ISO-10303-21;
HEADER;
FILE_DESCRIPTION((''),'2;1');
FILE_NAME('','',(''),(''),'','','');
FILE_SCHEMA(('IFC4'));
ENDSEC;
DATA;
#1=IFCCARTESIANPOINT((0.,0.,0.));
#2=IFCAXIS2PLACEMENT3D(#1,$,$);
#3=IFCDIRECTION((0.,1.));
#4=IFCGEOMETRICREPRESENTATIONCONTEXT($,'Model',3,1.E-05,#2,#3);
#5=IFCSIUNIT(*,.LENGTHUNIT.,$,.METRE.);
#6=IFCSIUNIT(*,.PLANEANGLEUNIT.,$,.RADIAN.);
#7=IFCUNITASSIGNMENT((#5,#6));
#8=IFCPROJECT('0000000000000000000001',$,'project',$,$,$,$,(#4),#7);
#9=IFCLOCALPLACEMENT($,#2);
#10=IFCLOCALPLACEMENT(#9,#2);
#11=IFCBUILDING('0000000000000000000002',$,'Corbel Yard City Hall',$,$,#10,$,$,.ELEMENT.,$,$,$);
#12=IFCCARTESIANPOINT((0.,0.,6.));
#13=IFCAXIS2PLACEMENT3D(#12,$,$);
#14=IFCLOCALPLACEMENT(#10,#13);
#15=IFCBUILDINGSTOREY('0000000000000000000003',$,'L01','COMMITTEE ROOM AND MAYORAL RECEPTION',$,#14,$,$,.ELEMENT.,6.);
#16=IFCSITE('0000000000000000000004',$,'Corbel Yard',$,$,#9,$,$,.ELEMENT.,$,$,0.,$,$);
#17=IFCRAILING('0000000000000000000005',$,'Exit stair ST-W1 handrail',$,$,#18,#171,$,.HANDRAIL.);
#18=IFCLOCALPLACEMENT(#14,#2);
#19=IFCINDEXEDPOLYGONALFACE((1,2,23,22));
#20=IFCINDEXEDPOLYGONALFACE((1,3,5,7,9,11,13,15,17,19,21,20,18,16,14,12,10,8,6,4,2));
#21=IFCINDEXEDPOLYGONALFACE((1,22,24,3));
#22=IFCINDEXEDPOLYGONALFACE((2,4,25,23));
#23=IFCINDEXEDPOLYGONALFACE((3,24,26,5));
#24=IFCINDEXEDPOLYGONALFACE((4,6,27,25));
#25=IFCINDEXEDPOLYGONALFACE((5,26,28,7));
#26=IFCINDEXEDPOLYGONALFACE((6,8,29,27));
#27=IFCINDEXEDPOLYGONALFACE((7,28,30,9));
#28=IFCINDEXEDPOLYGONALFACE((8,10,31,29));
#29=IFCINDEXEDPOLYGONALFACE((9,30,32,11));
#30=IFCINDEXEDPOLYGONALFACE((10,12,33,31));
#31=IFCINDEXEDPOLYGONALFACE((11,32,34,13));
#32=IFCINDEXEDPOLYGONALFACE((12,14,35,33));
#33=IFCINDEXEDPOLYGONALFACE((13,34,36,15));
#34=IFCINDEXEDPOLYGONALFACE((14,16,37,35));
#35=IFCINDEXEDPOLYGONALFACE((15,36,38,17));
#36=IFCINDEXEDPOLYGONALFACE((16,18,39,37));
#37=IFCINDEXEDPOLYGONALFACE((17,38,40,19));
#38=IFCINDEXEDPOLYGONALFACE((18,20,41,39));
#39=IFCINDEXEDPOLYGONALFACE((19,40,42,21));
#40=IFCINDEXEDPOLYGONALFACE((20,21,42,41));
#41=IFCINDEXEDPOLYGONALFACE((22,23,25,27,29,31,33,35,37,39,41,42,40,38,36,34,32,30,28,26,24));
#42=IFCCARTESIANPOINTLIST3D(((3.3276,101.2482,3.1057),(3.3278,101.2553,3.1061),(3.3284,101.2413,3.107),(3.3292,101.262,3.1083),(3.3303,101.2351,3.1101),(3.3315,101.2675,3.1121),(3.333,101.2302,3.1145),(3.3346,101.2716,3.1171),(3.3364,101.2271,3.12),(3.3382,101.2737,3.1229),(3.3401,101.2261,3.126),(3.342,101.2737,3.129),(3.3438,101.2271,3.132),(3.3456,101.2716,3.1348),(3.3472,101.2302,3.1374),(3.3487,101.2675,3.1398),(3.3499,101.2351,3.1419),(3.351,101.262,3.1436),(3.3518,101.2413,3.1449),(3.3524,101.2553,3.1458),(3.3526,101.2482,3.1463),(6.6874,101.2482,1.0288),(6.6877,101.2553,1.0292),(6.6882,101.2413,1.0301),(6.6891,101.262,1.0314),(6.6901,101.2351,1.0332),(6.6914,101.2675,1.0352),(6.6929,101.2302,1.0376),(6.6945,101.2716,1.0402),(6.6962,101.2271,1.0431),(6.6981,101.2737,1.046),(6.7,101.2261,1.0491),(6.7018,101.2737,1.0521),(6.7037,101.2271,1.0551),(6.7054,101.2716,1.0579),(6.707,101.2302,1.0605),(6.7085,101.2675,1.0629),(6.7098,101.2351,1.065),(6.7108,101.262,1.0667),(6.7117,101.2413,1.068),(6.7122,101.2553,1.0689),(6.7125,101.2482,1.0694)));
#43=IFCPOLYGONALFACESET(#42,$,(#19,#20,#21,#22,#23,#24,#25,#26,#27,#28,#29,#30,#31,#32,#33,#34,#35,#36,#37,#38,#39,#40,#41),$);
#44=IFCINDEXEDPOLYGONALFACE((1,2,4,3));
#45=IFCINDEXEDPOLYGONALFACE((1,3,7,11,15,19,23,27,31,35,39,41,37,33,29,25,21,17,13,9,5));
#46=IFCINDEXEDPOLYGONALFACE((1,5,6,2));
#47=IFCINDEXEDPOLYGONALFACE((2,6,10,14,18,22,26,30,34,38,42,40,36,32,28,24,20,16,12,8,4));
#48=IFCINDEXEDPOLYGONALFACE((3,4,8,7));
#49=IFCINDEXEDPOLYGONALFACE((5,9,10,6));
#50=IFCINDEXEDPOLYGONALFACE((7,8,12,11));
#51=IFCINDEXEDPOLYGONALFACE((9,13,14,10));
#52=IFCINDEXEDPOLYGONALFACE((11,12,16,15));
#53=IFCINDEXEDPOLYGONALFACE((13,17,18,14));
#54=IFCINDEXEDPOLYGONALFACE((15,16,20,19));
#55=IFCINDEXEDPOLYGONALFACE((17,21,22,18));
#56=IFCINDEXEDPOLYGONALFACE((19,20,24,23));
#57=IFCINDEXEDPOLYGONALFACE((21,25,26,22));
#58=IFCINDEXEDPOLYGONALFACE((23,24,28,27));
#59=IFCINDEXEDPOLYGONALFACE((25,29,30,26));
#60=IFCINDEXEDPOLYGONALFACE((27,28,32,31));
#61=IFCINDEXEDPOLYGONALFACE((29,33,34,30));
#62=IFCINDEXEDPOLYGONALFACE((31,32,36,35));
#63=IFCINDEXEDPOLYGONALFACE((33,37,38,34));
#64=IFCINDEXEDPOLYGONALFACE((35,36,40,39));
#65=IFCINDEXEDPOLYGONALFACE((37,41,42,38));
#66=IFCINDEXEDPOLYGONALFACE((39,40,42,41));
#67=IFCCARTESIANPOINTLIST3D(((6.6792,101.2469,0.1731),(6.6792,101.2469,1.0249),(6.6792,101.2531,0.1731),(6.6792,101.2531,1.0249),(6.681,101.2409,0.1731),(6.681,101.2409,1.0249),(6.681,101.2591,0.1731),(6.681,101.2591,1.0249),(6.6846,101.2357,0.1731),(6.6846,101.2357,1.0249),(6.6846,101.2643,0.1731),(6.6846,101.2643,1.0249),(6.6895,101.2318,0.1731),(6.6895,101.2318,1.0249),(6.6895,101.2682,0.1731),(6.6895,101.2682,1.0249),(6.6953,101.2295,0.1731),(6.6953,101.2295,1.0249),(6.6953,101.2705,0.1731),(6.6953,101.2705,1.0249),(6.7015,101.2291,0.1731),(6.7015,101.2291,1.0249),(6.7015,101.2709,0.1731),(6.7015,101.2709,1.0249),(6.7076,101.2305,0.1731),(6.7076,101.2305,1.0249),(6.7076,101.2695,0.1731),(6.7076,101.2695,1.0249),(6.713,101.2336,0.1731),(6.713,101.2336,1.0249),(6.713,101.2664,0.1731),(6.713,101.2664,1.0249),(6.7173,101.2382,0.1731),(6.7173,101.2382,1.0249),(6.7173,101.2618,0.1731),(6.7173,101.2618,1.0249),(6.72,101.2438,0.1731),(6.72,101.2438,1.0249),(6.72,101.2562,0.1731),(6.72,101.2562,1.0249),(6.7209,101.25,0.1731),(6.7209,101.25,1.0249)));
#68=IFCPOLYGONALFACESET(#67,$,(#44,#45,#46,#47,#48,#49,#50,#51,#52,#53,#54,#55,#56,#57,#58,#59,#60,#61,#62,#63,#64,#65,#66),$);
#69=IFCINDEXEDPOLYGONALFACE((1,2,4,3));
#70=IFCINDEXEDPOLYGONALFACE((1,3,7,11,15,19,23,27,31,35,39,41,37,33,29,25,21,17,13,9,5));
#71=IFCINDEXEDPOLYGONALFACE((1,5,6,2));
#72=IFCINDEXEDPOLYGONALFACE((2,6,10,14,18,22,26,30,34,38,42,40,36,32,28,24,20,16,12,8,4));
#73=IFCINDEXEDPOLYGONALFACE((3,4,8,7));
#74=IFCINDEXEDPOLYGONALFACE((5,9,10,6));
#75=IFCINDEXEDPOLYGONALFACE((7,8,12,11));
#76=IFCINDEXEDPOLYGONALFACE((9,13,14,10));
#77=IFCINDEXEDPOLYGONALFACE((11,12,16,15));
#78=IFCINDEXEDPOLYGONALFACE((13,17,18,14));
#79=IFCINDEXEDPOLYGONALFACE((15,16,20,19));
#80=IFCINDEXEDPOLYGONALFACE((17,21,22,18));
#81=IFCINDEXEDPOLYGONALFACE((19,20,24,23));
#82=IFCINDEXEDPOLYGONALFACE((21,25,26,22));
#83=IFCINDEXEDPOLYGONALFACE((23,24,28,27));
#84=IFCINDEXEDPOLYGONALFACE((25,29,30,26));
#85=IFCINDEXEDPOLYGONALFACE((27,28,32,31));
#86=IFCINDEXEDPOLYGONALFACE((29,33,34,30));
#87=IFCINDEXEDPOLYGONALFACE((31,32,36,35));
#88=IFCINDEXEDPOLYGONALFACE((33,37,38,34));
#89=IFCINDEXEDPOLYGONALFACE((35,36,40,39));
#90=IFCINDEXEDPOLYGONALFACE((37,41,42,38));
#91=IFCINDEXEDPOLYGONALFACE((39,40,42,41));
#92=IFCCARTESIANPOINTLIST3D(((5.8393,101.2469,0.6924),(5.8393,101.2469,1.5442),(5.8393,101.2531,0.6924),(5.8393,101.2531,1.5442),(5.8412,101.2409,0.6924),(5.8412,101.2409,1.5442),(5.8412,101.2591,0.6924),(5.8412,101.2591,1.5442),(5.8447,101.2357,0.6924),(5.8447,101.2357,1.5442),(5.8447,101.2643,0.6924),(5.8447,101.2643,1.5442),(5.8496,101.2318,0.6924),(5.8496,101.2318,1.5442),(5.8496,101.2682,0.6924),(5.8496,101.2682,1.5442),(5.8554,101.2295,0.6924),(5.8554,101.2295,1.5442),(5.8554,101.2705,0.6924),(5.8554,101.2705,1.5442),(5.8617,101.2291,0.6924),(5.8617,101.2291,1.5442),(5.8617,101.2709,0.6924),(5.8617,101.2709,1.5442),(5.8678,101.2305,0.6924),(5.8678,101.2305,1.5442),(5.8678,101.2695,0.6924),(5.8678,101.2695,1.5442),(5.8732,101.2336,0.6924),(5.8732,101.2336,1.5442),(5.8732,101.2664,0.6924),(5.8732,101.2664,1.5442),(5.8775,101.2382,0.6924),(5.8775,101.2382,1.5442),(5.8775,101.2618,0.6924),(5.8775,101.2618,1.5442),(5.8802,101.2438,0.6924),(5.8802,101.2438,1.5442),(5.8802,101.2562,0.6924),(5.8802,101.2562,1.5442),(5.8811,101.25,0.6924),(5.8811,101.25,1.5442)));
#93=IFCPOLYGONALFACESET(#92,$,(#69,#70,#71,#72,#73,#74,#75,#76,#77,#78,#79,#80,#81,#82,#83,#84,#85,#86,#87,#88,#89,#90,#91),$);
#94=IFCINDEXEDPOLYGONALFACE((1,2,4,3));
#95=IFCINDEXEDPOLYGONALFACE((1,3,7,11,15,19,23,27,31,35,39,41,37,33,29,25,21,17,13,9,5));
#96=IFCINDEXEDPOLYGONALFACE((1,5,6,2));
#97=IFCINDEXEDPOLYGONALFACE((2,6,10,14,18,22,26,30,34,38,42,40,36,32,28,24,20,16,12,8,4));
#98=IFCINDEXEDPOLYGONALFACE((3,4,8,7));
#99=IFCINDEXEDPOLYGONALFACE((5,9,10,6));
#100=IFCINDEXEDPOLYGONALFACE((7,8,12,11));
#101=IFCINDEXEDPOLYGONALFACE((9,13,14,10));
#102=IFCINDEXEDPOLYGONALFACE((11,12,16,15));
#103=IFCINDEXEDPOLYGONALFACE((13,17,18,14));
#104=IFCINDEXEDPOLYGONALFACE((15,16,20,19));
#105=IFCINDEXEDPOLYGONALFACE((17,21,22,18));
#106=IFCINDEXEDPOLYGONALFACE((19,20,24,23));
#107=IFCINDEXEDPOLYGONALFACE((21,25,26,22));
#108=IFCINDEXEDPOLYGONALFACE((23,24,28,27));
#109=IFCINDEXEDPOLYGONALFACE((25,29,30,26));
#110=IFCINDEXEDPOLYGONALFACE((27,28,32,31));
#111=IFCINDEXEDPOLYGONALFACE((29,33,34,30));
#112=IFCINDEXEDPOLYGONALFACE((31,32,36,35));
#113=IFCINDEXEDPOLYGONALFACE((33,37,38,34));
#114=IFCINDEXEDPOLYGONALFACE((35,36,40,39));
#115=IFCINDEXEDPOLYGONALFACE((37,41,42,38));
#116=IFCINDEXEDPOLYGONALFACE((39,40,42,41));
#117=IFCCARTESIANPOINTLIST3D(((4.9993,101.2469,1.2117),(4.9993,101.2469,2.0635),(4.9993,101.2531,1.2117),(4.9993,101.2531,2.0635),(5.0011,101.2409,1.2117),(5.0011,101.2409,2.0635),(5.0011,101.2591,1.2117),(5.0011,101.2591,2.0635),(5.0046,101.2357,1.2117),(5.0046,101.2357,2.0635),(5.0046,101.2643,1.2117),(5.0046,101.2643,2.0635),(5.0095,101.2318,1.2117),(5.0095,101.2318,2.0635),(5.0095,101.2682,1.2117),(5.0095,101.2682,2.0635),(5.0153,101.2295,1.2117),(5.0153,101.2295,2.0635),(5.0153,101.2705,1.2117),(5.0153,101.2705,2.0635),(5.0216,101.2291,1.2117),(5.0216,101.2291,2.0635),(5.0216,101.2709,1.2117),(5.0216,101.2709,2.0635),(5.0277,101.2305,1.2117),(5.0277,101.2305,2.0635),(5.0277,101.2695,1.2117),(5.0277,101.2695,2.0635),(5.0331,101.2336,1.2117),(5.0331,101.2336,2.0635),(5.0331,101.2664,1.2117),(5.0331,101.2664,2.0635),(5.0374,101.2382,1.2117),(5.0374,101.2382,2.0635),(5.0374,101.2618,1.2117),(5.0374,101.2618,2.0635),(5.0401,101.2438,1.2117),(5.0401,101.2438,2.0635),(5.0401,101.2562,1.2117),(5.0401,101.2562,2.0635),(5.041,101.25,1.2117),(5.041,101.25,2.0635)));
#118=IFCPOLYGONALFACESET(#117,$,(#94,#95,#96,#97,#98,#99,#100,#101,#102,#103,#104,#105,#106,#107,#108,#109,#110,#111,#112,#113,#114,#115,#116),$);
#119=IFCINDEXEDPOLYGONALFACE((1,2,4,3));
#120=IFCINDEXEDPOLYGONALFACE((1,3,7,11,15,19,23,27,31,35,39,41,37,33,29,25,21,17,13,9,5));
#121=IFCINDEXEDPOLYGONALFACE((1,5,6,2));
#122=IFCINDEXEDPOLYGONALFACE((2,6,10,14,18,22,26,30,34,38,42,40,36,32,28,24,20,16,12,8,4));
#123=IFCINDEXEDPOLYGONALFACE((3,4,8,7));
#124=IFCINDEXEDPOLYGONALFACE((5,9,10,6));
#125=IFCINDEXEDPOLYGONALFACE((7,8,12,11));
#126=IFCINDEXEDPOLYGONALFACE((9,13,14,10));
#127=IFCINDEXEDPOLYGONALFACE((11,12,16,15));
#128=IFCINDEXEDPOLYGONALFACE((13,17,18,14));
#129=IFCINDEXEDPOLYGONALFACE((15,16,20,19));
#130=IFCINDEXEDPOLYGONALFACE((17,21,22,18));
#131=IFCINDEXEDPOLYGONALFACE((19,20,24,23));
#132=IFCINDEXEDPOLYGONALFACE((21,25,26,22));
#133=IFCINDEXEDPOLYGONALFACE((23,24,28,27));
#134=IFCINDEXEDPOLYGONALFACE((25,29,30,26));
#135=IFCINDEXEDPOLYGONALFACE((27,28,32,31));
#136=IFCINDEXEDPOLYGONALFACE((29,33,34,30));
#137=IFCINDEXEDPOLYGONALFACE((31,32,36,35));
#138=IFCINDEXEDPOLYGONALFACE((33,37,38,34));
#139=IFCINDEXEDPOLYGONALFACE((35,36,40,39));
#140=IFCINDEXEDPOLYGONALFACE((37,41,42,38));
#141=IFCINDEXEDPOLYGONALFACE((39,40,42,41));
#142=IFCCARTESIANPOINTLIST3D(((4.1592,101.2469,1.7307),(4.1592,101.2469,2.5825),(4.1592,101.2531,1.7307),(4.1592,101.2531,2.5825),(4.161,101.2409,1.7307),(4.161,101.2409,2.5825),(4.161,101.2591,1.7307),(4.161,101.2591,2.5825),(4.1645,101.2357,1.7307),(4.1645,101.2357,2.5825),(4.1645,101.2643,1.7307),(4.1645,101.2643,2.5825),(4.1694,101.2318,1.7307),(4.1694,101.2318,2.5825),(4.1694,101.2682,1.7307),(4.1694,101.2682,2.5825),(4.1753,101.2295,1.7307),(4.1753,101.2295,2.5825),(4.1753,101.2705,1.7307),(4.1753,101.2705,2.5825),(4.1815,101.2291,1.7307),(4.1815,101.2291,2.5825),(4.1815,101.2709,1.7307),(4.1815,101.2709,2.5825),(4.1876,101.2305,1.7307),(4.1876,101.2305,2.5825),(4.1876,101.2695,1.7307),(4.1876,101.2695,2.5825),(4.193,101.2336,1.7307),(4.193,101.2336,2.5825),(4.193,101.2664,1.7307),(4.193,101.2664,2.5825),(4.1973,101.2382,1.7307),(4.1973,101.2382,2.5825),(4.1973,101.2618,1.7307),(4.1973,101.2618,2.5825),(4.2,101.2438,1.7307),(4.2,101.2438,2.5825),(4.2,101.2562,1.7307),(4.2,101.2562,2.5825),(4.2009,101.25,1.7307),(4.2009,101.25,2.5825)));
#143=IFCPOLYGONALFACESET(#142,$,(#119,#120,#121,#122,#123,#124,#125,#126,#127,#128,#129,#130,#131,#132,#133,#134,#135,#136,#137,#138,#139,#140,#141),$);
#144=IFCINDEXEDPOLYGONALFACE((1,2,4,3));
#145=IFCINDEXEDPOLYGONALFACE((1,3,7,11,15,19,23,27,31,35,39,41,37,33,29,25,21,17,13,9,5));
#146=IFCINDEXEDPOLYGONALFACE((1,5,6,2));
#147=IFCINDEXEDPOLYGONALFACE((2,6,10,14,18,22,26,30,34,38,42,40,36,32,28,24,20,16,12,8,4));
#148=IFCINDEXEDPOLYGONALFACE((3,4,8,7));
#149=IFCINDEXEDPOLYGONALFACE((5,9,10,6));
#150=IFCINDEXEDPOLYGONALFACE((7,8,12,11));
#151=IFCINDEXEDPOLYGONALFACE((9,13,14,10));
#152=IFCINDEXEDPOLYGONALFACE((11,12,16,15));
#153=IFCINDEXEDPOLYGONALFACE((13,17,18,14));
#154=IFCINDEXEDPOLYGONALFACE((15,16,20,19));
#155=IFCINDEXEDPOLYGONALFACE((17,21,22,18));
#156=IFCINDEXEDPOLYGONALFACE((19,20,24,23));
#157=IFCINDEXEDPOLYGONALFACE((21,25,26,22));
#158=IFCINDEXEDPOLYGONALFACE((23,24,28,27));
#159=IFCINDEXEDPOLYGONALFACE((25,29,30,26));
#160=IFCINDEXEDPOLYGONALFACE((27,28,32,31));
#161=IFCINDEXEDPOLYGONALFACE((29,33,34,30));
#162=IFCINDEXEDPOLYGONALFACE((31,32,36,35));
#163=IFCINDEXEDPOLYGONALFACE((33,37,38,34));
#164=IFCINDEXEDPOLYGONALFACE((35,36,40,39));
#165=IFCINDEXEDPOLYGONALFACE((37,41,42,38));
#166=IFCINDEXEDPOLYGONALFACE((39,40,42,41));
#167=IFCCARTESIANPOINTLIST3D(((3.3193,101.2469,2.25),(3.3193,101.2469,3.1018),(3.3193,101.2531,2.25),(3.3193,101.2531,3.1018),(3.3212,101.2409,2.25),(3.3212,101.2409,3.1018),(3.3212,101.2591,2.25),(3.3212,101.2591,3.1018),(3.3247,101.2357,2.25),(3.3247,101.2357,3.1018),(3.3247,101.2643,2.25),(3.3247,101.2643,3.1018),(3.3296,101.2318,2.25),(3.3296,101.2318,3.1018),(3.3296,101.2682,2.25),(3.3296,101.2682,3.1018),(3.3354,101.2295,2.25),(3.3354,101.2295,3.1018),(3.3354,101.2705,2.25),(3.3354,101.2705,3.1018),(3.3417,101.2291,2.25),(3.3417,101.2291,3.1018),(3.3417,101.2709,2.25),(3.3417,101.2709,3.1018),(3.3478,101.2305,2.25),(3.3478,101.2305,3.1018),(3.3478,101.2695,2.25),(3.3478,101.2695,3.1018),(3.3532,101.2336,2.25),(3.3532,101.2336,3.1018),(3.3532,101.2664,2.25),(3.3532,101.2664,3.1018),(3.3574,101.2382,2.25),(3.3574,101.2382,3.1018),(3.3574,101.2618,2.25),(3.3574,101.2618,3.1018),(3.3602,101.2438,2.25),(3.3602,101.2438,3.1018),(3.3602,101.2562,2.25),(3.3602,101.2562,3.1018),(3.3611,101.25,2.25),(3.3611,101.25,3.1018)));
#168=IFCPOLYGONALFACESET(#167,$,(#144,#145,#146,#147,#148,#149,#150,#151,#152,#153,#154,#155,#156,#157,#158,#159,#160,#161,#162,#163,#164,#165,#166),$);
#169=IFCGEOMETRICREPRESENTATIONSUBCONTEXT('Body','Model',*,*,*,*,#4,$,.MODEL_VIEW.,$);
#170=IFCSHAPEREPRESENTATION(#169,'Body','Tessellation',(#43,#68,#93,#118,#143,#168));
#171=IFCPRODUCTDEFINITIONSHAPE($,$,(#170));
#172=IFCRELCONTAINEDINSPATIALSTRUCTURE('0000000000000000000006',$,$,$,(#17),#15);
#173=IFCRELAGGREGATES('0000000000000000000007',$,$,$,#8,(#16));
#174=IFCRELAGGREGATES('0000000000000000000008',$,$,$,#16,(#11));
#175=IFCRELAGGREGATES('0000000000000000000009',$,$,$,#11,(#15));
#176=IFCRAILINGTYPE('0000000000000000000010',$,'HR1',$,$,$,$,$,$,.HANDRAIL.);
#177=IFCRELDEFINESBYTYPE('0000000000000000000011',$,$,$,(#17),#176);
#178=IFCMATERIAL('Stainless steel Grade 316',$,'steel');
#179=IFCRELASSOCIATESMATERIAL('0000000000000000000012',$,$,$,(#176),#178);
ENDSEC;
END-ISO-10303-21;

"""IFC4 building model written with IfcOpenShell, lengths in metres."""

from ifc_helpers import new_model, si_unit, direction, frame, origin, origin_2d, place, context, subcontext, project, spatial, circle, extrude, material, type_object, element, save


model = new_model("IFC4")

# Units and contexts
model_context = context("Model", 3, precision=1e-05, world=origin(), true_north=direction((0.0, 1.0)))
body_context = subcontext(model_context, "Body", "Model", "MODEL_VIEW")
ifc_project = project(units=[si_unit("LENGTHUNIT", "METRE"), si_unit("PLANEANGLEUNIT", "RADIAN")], contexts=[model_context])

# Site, building, storey
site_placement = place(None, origin())
site = spatial("IfcSite", under=ifc_project, at=site_placement, Name="Corbel Yard", CompositionType="ELEMENT", RefElevation=0.0)
building_placement = place(site_placement, origin())
building = spatial("IfcBuilding", under=site, at=building_placement, Name="Corbel Yard City Hall", CompositionType="ELEMENT")
storey_placement = place(building_placement, frame((0.0, 0.0, 6.0)))
storey = spatial("IfcBuildingStorey", under=building, at=storey_placement, Name="L01", Description="COMMITTEE ROOM AND MAYORAL RECEPTION", CompositionType="ELEMENT", Elevation=6.0)

# Shared definitions
ifc_material_1 = material(Name="Stainless steel Grade 316", Category="steel")

# Railing
railing_type = type_object("IfcRailingType", Name="HR1", PredefinedType="HANDRAIL", material=ifc_material_1)
railing_placement = place(storey_placement, frame((6.7, 101.25, 0.1731)))
element("IfcRailing", 1, at=railing_placement, inside=storey, type_object=railing_type, Name="Exit stair ST-W1 handrail", PredefinedType="HANDRAIL", context=body_context, shape_type="SweptSolid", body=[
    extrude(circle(Radius=0.0239, at=origin_2d()), frame((0.0, 0.0, 0.876), z_axis=(-0.850606, 0.0, 0.525803), x_axis=(0.0, -1.0, 0.0)), (0.0, 0.0, 1.0), 3.95),
    extrude(circle(Radius=0.021, at=origin_2d()), origin(), (0.0, 0.0, 1.0), 0.8518),
    extrude(circle(Radius=0.021, at=origin_2d()), frame((-0.8398, 0.0, 0.5193)), (0.0, 0.0, 1.0), 0.8518),
    extrude(circle(Radius=0.021, at=origin_2d()), frame((-1.6799, 0.0, 1.0386)), (0.0, 0.0, 1.0), 0.8518),
    extrude(circle(Radius=0.021, at=origin_2d()), frame((-2.52, 0.0, 1.5576)), (0.0, 0.0, 1.0), 0.8518),
    extrude(circle(Radius=0.021, at=origin_2d()), frame((-3.3599, 0.0, 2.0769)), (0.0, 0.0, 1.0), 0.8518),
])

save(model, "model.ifc")
